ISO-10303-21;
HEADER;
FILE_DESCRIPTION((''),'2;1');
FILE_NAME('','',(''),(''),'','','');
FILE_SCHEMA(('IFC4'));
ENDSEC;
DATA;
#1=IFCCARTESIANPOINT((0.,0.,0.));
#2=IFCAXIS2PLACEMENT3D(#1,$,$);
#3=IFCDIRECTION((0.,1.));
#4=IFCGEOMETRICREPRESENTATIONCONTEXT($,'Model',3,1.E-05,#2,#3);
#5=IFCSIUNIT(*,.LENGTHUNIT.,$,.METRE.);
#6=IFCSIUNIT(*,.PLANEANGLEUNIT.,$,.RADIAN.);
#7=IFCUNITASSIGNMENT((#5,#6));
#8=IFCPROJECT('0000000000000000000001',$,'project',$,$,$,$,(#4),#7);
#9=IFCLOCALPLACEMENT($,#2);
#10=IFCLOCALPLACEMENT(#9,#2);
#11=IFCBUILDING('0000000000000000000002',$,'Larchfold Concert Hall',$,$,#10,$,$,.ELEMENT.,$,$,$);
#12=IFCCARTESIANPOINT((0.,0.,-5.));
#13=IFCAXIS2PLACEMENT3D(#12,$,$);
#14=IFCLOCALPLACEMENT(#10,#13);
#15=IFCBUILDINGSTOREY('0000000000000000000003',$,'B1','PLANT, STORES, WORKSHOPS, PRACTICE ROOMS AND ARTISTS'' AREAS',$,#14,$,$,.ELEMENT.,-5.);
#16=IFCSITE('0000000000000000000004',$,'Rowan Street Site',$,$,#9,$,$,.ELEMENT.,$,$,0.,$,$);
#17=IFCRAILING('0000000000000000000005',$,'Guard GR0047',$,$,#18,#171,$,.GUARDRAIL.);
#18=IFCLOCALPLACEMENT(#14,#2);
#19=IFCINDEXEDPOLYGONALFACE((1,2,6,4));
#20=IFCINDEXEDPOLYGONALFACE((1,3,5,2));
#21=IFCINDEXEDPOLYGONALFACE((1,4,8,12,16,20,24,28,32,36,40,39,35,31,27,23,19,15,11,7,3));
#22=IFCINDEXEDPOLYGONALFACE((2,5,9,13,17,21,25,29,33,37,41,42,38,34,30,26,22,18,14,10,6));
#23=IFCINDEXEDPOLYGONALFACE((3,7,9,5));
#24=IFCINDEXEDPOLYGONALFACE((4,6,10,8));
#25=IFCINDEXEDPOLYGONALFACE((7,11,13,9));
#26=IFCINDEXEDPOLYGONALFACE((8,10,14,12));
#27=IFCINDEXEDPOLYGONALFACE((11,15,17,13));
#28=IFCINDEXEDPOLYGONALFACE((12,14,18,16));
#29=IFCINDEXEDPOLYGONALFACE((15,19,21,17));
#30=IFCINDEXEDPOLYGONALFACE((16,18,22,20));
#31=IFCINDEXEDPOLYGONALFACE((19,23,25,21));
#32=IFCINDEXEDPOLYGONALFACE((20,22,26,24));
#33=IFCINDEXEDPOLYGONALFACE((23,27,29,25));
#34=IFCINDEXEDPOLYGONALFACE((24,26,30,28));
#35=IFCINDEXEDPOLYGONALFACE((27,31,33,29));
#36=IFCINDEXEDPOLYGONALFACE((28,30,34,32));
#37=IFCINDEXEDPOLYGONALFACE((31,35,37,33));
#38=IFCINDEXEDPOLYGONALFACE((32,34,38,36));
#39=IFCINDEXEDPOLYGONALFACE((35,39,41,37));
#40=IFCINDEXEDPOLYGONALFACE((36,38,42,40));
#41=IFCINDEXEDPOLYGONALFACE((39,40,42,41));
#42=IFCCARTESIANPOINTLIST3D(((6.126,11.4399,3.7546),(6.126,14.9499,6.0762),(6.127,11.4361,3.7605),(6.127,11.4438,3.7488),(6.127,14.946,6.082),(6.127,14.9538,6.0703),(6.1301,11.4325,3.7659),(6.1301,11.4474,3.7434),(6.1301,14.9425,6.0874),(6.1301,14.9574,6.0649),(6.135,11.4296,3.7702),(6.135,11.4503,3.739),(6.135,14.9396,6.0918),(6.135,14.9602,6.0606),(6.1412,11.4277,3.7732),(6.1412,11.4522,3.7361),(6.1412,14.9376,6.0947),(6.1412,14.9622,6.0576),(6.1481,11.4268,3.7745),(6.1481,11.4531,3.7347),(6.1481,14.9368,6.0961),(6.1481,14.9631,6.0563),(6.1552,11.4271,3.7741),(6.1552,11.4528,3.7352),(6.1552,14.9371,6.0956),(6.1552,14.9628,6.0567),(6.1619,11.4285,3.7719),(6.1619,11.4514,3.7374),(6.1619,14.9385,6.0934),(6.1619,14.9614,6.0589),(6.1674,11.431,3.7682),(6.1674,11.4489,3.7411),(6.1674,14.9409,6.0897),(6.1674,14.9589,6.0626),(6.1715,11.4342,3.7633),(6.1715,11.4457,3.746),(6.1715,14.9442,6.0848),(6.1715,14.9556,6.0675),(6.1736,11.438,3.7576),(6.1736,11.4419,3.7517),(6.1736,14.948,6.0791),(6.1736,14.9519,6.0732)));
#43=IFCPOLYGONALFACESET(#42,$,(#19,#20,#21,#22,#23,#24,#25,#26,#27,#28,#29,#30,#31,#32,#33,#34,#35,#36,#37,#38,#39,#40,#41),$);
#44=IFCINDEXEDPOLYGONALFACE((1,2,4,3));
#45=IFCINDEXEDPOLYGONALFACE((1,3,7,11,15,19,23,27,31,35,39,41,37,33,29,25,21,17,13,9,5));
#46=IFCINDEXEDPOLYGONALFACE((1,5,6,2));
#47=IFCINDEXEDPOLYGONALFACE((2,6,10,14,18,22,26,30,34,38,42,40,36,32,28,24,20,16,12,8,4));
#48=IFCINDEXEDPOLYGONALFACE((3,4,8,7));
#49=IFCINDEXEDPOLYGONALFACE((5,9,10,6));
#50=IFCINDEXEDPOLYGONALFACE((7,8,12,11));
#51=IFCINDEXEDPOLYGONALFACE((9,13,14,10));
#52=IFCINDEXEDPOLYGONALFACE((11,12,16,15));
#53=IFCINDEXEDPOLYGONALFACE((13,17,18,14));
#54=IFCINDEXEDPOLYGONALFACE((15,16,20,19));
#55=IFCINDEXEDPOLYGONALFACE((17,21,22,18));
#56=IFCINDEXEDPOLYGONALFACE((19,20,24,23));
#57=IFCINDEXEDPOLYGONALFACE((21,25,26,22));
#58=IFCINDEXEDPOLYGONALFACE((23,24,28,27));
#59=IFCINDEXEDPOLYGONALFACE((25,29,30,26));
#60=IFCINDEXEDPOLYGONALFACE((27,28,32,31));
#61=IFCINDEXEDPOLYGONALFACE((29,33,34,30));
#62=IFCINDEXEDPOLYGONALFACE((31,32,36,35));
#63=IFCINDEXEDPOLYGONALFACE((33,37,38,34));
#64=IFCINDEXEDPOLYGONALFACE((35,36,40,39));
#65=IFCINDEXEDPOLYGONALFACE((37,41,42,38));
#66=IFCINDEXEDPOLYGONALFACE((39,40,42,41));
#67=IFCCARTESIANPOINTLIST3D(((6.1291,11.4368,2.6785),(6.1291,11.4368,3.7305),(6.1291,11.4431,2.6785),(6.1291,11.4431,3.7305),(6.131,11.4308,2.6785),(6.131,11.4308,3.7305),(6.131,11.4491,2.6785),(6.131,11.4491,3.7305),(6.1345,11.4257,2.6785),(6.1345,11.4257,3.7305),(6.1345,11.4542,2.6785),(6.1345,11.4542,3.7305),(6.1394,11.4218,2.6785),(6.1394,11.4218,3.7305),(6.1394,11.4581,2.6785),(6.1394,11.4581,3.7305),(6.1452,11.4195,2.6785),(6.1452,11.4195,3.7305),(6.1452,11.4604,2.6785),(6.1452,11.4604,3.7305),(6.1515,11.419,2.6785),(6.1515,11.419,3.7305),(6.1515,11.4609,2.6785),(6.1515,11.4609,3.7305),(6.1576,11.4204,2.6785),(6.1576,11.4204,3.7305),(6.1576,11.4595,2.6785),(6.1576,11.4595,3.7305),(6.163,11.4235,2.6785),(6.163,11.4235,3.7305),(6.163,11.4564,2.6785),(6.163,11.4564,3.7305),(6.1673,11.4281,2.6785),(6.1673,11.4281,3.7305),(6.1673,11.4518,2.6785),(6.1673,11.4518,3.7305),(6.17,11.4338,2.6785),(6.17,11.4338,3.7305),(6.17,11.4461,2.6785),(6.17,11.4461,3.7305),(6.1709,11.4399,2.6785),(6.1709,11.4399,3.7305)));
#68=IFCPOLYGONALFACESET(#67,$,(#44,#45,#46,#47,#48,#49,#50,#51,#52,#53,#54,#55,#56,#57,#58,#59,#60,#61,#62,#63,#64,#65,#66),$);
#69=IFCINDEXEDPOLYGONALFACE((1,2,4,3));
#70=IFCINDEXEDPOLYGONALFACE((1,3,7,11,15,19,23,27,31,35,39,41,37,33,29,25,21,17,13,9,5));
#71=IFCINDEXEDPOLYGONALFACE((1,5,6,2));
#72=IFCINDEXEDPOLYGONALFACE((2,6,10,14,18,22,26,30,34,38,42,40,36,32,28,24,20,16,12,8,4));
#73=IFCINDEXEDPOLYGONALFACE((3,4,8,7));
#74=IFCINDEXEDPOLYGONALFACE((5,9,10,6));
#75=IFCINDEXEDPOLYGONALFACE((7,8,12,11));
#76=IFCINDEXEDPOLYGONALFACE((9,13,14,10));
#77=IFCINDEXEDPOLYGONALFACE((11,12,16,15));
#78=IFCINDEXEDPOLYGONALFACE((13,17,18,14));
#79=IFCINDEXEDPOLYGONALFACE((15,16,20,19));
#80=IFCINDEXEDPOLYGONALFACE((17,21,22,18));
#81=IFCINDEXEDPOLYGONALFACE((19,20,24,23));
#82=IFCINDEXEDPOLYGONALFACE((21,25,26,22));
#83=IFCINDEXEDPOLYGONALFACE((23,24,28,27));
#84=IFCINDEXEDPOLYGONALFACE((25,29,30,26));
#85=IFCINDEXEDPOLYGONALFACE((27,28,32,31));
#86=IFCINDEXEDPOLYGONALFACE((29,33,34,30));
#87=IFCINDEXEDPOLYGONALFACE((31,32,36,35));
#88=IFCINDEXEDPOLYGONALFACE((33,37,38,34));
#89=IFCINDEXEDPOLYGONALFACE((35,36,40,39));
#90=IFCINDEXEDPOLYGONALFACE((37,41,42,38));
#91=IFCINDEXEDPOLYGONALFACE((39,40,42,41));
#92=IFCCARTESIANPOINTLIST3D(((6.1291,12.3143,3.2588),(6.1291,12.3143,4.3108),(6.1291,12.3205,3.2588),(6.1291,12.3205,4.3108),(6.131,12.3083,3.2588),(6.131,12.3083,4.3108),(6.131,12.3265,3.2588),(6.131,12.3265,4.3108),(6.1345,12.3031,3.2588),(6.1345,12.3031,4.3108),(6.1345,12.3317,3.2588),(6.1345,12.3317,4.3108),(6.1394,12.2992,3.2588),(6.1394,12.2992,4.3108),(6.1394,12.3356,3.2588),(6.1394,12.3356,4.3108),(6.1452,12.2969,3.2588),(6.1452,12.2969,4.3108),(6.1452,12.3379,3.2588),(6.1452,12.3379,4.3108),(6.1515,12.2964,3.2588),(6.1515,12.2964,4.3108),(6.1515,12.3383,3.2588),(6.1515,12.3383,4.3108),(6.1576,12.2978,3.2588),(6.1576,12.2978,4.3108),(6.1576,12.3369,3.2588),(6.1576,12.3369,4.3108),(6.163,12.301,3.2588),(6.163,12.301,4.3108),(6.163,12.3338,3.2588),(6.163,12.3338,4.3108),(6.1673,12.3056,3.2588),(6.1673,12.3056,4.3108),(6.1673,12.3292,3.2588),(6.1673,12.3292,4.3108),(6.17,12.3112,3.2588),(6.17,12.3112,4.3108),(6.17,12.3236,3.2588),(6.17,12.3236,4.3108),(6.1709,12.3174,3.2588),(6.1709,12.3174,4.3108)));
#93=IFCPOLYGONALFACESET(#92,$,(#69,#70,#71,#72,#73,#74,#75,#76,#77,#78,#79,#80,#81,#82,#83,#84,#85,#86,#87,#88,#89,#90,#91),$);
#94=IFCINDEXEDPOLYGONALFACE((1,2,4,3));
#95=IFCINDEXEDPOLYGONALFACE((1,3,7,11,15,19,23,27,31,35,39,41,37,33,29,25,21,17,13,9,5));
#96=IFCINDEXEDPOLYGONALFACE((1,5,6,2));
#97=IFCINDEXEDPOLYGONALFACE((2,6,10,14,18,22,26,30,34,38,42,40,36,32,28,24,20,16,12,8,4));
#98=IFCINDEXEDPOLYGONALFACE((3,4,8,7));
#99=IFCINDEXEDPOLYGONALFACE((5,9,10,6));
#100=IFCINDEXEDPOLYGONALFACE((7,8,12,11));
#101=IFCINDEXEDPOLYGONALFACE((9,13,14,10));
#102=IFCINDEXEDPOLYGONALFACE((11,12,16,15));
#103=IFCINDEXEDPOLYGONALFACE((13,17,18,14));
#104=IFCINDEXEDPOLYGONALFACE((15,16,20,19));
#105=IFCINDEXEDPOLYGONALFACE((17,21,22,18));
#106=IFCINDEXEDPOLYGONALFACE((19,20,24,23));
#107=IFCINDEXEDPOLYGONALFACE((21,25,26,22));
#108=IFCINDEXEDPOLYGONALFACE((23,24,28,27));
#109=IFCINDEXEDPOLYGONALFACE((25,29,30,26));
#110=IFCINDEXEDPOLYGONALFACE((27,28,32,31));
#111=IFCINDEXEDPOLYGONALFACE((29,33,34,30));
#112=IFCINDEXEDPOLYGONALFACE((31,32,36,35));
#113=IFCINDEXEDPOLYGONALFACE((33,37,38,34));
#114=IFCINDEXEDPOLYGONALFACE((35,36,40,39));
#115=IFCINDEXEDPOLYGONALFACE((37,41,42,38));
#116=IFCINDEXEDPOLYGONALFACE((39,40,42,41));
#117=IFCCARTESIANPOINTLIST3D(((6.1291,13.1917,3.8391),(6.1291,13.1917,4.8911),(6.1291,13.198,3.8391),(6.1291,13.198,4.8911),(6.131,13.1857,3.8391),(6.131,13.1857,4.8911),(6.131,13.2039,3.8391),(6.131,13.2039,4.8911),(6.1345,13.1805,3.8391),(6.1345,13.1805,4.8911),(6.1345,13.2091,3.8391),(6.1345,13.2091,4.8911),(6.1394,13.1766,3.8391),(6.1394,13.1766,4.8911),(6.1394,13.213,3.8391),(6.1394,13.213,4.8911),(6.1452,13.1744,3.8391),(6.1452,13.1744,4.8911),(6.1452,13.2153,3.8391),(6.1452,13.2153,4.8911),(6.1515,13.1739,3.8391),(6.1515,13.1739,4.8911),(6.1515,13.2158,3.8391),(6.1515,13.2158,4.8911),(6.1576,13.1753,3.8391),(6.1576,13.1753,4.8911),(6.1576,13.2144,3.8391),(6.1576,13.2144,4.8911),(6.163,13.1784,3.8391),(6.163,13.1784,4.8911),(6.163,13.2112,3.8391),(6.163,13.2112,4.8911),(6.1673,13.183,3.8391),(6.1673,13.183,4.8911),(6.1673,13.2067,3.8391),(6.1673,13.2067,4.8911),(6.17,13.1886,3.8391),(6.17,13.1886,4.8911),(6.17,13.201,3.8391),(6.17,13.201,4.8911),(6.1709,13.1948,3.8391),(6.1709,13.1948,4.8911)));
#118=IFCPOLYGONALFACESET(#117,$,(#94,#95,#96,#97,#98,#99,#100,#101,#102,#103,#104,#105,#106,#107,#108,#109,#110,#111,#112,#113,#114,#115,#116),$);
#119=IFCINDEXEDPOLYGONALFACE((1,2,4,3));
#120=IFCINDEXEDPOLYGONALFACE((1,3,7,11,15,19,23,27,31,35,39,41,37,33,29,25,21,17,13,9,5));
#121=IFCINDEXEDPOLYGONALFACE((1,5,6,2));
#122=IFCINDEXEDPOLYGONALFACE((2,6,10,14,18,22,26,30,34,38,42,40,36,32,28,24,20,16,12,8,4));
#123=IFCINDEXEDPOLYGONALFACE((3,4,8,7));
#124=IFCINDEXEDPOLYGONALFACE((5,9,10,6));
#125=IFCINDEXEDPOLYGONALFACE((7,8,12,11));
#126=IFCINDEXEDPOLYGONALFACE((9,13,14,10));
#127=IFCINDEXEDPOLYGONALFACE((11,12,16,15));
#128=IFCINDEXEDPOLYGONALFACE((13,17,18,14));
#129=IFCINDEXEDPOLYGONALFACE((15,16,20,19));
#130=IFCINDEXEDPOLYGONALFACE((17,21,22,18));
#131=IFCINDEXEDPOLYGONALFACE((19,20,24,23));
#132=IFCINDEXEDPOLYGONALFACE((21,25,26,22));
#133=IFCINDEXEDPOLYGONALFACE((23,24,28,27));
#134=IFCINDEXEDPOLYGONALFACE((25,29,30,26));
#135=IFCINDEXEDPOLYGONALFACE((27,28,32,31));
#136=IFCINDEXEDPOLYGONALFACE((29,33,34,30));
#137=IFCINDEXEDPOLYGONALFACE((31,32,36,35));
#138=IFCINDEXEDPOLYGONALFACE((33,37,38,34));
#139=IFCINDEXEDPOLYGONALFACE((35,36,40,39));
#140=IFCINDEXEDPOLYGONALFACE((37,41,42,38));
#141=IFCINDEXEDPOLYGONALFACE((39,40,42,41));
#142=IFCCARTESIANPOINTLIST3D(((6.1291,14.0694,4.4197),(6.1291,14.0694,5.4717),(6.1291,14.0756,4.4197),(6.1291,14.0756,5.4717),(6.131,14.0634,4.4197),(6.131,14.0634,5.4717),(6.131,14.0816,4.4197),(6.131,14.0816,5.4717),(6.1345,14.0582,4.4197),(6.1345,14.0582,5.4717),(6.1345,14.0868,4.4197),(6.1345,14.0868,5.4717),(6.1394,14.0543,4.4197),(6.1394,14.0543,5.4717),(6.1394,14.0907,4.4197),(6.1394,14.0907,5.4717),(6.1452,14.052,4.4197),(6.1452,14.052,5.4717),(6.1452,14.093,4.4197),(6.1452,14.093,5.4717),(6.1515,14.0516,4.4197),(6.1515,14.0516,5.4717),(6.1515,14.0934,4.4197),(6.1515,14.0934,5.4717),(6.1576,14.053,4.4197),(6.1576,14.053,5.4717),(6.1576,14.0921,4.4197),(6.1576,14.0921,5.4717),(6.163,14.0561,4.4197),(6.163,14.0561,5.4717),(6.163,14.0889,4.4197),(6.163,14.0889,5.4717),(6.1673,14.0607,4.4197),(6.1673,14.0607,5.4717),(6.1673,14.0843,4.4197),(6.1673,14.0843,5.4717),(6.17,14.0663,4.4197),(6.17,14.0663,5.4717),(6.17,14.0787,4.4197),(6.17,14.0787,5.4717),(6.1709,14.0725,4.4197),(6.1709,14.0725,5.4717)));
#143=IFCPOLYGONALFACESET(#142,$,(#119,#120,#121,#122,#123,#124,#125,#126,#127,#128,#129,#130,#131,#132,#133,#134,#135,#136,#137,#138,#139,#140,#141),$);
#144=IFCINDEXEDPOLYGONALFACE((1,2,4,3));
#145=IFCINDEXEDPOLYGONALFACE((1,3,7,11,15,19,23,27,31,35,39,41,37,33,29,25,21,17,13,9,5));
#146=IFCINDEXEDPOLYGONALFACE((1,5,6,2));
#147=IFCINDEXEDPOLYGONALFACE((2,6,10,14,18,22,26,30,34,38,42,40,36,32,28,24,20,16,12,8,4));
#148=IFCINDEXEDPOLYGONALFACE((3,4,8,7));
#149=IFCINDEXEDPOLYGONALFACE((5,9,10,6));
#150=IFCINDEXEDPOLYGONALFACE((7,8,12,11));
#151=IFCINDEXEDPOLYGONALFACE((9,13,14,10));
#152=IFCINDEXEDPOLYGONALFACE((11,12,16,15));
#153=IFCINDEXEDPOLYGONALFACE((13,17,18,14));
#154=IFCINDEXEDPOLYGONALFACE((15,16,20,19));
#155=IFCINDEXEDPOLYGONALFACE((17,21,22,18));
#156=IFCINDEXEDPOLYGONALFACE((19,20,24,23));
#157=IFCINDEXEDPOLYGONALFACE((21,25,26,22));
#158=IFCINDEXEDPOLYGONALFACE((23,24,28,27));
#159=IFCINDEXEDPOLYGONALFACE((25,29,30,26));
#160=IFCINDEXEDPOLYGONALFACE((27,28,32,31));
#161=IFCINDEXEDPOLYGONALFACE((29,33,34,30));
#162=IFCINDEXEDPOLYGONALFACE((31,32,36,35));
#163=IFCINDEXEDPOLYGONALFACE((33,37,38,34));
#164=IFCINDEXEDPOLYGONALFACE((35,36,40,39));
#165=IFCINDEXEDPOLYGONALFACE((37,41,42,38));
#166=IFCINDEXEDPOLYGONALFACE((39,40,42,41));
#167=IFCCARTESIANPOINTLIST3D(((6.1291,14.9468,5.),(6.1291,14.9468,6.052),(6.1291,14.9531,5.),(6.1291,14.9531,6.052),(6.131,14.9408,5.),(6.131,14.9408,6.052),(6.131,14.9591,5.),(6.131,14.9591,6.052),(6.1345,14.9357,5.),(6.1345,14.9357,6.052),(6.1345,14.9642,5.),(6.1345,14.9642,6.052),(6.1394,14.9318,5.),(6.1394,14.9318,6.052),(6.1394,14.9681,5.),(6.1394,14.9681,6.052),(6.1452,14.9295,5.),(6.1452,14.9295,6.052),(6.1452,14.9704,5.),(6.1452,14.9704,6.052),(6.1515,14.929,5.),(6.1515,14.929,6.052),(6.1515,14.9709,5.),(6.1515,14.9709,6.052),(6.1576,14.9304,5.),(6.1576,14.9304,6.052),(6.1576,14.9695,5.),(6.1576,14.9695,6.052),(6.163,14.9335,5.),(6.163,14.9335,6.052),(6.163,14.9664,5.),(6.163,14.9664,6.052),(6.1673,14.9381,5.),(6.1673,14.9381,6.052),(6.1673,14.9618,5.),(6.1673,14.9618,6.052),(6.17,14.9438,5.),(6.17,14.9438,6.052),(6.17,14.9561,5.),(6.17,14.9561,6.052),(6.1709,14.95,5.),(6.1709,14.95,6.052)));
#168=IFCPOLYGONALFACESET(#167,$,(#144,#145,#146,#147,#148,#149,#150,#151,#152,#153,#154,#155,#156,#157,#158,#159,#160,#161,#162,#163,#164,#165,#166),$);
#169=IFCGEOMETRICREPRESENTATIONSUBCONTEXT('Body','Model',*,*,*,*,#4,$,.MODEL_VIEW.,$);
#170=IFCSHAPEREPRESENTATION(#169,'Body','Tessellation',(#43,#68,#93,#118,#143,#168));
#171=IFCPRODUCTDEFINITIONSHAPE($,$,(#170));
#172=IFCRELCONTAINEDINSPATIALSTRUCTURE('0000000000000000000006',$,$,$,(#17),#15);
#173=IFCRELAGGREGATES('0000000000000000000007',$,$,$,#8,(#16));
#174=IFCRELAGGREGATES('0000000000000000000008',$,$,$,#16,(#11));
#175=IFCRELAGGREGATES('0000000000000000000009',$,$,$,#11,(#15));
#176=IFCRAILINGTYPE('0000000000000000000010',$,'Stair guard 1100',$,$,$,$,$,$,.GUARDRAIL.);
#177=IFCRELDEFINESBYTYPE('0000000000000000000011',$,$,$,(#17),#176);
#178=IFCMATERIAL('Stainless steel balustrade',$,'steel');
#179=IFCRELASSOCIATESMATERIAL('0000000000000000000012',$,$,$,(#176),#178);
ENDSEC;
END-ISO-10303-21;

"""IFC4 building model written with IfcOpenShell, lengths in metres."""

from ifc_helpers import new_model, si_unit, direction, frame, origin, origin_2d, place, context, subcontext, project, spatial, circle, extrude, material, type_object, element, save


model = new_model("IFC4")

# Units and contexts
model_context = context("Model", 3, precision=1e-05, world=origin(), true_north=direction((0.0, 1.0)))
body_context = subcontext(model_context, "Body", "Model", "MODEL_VIEW")
ifc_project = project(units=[si_unit("LENGTHUNIT", "METRE"), si_unit("PLANEANGLEUNIT", "RADIAN")], contexts=[model_context])

# Site, building, storey
site_placement = place(None, origin())
site = spatial("IfcSite", under=ifc_project, at=site_placement, Name="Rowan Street Site", CompositionType="ELEMENT", RefElevation=0.0)
building_placement = place(site_placement, origin())
building = spatial("IfcBuilding", under=site, at=building_placement, Name="Larchfold Concert Hall", CompositionType="ELEMENT")
storey_placement = place(building_placement, frame((0.0, 0.0, -5.0)))
storey = spatial("IfcBuildingStorey", under=building, at=storey_placement, Name="B1", Description="PLANT, STORES, WORKSHOPS, PRACTICE ROOMS AND ARTISTS' AREAS", CompositionType="ELEMENT", Elevation=-5.0)

# Railing
ifc_material_1 = material(Name="Stainless steel balustrade", Category="steel")
railing_type_1 = type_object("IfcRailingType", Name="Stair guard 1100", PredefinedType="GUARDRAIL", material=ifc_material_1)
railing_1_placement = place(storey_placement, frame((6.1499, 11.4399, 2.6785)))
element("IfcRailing", 1, at=railing_1_placement, inside=storey, type_object=railing_type_1, Name="Guard GR0047", PredefinedType="GUARDRAIL", context=body_context, shape_type="SweptSolid", body=[
    extrude(circle(Radius=0.0239, at=origin_2d()), frame((0.0, 0.0, 1.0762), z_axis=(0.0, 0.834071, 0.551657), x_axis=(-1.0, 0.0, 0.0)), (0.0, 0.0, 1.0), 4.2083),
    extrude(circle(Radius=0.021, at=origin_2d()), origin(), (0.0, 0.0, 1.0), 1.052),
    extrude(circle(Radius=0.021, at=origin_2d()), frame((0.0, 0.8774, 0.5803)), (0.0, 0.0, 1.0), 1.052),
    extrude(circle(Radius=0.021, at=origin_2d()), frame((0.0, 1.7549, 1.1606)), (0.0, 0.0, 1.0), 1.052),
    extrude(circle(Radius=0.021, at=origin_2d()), frame((0.0, 2.6326, 1.7412)), (0.0, 0.0, 1.0), 1.052),
    extrude(circle(Radius=0.021, at=origin_2d()), frame((0.0, 3.51, 2.3215)), (0.0, 0.0, 1.0), 1.052),
])

save(model, "model.ifc")
